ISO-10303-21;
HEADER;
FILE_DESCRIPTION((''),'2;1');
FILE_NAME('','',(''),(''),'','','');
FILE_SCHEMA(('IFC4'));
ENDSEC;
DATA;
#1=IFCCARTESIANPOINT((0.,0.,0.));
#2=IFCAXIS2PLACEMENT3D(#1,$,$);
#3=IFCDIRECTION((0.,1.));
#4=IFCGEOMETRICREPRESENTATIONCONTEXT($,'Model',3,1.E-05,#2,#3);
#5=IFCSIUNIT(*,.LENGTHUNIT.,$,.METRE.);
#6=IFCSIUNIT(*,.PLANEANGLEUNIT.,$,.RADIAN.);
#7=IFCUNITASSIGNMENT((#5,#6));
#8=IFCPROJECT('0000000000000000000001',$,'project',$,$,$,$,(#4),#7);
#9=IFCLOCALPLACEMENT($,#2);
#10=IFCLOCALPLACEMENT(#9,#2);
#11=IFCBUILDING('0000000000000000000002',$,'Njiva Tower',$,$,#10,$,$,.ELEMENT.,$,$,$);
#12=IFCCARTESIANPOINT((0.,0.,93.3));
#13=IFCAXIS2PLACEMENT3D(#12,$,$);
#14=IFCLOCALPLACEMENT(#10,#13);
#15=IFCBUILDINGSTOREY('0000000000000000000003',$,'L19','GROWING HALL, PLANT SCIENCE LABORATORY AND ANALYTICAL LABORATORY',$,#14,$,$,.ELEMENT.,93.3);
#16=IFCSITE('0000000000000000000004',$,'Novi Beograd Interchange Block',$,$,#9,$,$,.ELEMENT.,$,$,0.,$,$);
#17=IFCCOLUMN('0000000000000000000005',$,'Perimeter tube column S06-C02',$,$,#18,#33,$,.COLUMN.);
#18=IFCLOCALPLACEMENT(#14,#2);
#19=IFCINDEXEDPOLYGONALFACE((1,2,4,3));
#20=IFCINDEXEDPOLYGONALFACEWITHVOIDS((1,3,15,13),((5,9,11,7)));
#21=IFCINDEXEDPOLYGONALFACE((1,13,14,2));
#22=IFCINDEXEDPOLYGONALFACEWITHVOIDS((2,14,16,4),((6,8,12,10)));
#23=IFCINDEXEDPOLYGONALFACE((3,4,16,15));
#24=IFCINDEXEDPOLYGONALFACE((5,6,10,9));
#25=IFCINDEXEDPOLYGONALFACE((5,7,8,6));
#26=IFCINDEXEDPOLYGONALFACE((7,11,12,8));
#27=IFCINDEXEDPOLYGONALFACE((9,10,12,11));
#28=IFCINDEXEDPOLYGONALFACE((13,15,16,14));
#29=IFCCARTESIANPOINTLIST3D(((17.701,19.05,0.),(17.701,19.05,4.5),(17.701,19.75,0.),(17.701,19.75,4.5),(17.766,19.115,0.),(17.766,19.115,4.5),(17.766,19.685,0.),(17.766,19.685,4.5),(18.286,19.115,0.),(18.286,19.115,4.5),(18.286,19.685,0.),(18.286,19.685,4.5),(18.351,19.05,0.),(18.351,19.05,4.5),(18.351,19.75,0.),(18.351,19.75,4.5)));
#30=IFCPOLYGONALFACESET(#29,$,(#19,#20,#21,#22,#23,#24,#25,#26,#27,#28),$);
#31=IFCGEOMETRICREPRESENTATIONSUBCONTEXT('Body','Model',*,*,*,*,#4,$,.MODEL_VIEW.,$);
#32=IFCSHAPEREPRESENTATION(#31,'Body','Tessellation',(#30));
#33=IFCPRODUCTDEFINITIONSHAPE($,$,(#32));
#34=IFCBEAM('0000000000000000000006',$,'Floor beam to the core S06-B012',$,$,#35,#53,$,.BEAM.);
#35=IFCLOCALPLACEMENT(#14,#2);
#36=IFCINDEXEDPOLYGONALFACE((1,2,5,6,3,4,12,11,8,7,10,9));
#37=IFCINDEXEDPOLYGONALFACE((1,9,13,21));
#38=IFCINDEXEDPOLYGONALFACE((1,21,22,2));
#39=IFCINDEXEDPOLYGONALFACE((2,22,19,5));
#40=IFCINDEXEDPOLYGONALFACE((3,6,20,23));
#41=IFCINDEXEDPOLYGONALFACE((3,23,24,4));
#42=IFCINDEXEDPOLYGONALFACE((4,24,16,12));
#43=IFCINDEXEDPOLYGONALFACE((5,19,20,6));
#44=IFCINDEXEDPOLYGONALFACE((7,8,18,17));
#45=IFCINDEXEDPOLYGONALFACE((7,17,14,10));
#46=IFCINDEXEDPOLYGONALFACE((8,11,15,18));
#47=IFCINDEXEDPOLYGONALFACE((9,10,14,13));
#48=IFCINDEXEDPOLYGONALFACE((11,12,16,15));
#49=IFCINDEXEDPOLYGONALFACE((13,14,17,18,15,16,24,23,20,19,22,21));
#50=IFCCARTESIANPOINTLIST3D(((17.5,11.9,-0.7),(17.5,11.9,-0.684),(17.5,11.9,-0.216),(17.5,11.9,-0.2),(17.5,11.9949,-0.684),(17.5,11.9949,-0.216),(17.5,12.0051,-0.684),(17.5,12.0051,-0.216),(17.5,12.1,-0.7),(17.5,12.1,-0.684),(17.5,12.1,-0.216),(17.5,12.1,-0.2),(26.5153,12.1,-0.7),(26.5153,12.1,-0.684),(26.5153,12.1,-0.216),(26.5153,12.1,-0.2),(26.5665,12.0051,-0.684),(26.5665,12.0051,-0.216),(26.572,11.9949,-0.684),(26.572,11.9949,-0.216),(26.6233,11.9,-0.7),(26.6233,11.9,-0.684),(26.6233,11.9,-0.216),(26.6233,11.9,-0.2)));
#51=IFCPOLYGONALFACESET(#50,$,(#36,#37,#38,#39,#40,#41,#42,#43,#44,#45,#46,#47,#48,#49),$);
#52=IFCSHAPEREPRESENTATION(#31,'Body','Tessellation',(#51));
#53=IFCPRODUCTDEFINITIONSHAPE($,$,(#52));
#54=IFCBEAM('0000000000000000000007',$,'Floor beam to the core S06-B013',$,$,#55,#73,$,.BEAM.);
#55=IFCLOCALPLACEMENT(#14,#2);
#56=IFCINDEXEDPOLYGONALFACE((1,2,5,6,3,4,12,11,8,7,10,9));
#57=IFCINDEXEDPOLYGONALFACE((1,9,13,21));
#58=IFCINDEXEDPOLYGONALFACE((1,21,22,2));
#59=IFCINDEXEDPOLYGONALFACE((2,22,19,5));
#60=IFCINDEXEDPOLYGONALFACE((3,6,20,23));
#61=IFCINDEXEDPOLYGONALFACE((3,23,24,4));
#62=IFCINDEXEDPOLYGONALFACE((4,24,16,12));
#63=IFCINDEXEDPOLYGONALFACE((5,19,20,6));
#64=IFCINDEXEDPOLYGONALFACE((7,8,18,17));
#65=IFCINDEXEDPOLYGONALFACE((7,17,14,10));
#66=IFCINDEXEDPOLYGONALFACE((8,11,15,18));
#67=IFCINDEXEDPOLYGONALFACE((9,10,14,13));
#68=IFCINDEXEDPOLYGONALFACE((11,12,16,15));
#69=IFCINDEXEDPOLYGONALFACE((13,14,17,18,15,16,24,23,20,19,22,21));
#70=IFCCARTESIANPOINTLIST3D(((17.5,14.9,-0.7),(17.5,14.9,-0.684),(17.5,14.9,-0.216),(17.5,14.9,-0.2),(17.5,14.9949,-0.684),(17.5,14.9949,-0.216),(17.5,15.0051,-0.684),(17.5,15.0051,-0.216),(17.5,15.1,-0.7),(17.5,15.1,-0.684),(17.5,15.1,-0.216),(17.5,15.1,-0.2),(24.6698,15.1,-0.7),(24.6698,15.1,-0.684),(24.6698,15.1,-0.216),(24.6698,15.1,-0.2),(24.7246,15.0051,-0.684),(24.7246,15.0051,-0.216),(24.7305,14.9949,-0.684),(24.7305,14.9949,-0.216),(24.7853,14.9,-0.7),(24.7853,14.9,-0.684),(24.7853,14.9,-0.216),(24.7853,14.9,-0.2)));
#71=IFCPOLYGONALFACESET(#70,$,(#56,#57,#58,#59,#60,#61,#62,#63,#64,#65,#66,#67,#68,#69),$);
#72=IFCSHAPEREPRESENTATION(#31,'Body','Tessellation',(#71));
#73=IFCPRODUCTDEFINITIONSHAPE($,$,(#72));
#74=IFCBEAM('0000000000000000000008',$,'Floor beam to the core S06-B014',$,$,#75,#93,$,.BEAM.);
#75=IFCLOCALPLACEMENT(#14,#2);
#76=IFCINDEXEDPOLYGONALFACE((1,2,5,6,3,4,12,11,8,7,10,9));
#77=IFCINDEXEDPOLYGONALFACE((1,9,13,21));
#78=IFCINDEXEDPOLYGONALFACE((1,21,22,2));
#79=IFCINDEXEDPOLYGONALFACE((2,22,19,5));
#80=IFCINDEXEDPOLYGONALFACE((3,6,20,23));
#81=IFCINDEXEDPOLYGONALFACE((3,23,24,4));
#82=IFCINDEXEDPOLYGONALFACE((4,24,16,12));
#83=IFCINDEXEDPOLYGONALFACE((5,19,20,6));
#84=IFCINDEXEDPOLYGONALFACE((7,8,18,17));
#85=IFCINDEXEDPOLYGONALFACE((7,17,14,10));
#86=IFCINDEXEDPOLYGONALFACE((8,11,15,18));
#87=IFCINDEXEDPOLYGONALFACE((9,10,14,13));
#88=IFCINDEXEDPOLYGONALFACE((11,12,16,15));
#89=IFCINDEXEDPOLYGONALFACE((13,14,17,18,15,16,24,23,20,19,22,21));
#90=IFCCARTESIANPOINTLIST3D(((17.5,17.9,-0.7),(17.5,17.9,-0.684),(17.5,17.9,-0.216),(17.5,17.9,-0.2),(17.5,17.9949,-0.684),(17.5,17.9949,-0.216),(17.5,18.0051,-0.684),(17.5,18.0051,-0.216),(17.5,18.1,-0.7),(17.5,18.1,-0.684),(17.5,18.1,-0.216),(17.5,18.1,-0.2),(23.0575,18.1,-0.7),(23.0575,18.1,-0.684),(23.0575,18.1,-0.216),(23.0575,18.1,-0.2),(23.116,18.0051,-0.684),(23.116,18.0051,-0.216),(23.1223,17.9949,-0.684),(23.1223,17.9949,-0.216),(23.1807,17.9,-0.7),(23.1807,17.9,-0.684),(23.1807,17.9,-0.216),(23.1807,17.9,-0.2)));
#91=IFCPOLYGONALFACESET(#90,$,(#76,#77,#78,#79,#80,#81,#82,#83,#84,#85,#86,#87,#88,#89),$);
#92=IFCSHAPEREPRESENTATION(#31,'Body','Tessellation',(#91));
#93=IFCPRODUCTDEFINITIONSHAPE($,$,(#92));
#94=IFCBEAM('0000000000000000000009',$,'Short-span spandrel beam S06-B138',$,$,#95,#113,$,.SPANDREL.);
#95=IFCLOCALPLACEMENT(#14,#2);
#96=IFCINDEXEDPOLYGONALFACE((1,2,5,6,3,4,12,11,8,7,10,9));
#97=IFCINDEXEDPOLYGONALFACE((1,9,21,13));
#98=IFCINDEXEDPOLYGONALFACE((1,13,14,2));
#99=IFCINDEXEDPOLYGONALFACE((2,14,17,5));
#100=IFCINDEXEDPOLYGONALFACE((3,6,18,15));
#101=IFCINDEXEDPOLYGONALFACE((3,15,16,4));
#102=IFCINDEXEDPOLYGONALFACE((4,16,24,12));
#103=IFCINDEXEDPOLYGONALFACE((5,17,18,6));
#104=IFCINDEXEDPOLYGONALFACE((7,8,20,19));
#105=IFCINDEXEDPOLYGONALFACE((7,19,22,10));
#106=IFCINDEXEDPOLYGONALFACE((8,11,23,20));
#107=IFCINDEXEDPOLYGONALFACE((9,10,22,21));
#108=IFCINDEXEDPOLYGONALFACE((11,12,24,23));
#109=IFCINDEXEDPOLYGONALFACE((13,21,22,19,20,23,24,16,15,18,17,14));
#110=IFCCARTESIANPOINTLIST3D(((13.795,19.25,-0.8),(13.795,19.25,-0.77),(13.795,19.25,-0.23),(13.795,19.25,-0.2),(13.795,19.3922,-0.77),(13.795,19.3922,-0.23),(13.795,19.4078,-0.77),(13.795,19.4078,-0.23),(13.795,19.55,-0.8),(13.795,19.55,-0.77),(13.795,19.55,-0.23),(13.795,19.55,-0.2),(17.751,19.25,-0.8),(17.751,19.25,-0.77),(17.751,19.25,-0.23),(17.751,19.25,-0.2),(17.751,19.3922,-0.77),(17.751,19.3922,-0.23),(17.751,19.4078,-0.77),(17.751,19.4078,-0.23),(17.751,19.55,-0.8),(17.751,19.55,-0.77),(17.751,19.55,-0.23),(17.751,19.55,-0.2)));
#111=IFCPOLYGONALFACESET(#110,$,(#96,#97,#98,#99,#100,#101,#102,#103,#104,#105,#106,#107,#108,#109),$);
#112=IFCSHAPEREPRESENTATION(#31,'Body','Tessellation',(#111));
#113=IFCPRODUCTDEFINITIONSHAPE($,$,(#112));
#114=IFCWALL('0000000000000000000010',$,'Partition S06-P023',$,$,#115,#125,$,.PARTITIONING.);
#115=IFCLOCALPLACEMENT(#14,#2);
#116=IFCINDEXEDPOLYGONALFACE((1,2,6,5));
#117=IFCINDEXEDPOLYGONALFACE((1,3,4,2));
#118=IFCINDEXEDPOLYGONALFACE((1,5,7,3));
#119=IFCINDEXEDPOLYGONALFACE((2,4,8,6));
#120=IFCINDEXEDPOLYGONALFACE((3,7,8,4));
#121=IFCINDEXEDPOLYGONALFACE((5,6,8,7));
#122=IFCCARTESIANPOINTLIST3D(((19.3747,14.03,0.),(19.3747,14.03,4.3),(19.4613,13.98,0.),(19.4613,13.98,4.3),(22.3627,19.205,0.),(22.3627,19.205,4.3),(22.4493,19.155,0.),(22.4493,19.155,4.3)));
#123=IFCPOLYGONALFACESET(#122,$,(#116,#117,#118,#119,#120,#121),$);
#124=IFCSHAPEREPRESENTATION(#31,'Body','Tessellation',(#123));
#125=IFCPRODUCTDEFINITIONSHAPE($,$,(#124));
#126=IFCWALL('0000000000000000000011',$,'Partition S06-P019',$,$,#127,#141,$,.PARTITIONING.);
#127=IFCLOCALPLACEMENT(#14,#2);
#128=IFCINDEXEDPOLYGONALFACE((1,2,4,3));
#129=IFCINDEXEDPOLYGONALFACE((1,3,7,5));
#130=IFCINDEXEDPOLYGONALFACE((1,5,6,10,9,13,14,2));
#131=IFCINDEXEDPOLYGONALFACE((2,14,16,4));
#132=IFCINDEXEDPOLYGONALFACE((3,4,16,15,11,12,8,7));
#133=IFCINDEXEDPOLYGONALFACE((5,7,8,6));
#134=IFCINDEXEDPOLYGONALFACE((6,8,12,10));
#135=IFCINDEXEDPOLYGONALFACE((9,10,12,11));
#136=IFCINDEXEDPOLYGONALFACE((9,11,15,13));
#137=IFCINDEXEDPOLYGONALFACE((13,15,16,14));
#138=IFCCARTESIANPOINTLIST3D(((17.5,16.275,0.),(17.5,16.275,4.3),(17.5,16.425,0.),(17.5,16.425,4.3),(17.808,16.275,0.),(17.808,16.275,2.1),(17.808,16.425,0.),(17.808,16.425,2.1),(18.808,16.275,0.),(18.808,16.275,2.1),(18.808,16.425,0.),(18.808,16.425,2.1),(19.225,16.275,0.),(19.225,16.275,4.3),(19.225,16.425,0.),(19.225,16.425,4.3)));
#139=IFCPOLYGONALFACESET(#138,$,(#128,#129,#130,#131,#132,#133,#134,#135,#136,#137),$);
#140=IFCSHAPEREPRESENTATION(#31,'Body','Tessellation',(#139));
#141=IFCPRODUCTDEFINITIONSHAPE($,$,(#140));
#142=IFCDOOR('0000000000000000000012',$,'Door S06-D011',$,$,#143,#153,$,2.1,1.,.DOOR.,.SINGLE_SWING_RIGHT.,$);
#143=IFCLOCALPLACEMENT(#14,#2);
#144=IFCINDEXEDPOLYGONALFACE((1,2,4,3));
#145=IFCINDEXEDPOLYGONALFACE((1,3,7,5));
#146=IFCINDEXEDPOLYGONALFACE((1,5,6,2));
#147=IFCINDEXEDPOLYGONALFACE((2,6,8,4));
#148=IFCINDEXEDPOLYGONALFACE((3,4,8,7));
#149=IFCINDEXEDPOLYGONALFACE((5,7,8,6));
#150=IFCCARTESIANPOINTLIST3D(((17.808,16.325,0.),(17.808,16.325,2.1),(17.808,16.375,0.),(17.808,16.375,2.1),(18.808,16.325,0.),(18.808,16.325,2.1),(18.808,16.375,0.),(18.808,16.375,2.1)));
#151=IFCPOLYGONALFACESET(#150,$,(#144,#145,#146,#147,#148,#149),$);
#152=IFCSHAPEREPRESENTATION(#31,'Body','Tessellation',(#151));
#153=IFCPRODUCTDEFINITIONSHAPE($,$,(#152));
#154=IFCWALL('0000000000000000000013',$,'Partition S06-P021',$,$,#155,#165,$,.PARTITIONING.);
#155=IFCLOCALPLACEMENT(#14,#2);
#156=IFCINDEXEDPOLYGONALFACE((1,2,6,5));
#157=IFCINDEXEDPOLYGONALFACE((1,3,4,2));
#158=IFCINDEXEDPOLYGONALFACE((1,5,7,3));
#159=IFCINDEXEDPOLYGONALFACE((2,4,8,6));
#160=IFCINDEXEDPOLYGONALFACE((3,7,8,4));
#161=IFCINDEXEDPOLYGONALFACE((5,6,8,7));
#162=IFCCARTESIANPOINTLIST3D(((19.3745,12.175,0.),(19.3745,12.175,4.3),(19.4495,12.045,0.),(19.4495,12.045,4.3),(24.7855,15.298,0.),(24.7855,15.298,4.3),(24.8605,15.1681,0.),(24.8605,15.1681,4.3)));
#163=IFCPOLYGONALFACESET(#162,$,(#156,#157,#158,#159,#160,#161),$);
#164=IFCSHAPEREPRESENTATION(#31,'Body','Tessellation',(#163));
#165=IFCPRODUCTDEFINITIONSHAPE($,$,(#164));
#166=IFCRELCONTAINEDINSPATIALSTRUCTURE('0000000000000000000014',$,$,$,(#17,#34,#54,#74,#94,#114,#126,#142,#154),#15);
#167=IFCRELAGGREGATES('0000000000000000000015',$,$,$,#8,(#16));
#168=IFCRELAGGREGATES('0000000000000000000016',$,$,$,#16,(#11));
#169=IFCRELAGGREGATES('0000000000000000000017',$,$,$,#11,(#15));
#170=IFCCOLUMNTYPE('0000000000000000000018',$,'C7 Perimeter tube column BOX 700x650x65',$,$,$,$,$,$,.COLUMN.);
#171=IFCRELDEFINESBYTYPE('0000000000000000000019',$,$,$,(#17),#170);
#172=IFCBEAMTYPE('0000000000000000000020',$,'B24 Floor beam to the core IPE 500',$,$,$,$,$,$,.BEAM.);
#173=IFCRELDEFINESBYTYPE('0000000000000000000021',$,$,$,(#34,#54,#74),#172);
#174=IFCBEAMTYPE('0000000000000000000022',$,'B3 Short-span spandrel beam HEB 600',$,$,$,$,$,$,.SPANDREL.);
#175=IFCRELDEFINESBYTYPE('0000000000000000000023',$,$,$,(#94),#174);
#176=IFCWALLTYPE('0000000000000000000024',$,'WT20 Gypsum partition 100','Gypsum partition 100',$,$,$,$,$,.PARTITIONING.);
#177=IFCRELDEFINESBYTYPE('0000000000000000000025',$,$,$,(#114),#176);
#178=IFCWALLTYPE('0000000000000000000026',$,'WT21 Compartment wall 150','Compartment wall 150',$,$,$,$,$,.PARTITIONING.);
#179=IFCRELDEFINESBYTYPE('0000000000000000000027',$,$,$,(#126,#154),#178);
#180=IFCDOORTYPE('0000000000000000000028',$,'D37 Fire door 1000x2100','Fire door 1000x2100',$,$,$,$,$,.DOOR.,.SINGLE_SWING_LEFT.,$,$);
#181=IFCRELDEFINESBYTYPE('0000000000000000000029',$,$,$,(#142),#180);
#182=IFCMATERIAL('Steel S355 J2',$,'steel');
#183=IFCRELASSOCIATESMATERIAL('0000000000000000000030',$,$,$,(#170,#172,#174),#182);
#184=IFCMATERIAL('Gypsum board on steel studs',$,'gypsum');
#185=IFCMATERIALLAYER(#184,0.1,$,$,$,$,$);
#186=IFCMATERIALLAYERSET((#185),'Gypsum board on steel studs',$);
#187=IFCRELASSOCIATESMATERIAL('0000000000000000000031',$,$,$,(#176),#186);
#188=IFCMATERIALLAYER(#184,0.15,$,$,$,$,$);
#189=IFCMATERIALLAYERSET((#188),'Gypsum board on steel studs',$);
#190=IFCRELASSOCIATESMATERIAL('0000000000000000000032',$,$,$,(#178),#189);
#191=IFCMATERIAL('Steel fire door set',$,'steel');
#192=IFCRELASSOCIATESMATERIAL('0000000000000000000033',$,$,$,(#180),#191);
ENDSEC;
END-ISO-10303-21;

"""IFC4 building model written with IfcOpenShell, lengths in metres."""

from ifc_helpers import new_model, si_unit, direction, frame, frame_2d, origin, origin_2d, place, context, subcontext, project, spatial, rectangle, hollow_rectangle, i_section, extrude, clip, halfspace, material, layer, layer_set, material_profile, profile_set, type_object, element, fill, save


model = new_model("IFC4")

# Units and contexts
model_context = context("Model", 3, precision=1e-05, world=origin(), true_north=direction((0.0, 1.0)))
body_context = subcontext(model_context, "Body", "Model", "MODEL_VIEW")
ifc_project = project(units=[si_unit("LENGTHUNIT", "METRE"), si_unit("PLANEANGLEUNIT", "RADIAN")], contexts=[model_context])

# Site, building, storey
site_placement = place(None, origin())
site = spatial("IfcSite", under=ifc_project, at=site_placement, Name="Novi Beograd Interchange Block", CompositionType="ELEMENT", RefElevation=0.0)
building_placement = place(site_placement, origin())
building = spatial("IfcBuilding", under=site, at=building_placement, Name="Njiva Tower", CompositionType="ELEMENT")
storey_placement = place(building_placement, frame((0.0, 0.0, 93.3)))
storey = spatial("IfcBuildingStorey", under=building, at=storey_placement, Name="L19", Description="GROWING HALL, PLANT SCIENCE LABORATORY AND ANALYTICAL LABORATORY", CompositionType="ELEMENT", Elevation=93.3)

# Column
ifc_material_1 = material(Name="Steel S355 J2", Category="steel")
ifc_material_profile_1 = material_profile(ifc_material_1, hollow_rectangle(XDim=0.65, YDim=0.7, WallThickness=0.065, at=origin_2d()), Name="BOX 700x650x65")
ifc_profile_set_1 = profile_set([ifc_material_profile_1], Name="Steel S355 J2")
column_type = type_object("IfcColumnType", Name="C7 Perimeter tube column BOX 700x650x65", PredefinedType="COLUMN", material=ifc_profile_set_1)
column_placement = place(storey_placement, frame((18.026, 19.4, 0.0), z_axis=(0.0, 0.0, 1.0), x_axis=(-1.0, 0.0, 0.0)))
element("IfcColumn", 1, at=column_placement, inside=storey, type_object=column_type, Name="Perimeter tube column S06-C02", PredefinedType="COLUMN", context=body_context, shape_type="SweptSolid", body=[
    extrude(hollow_rectangle(XDim=0.65, YDim=0.7, WallThickness=0.065, at=origin_2d()), origin(), (0.0, 0.0, 1.0), 4.5),
])

# Beams
ifc_material_profile_2 = material_profile(ifc_material_1, i_section(OverallWidth=0.2, OverallDepth=0.5, WebThickness=0.0102, FlangeThickness=0.016, at=origin_2d()), Name="IPE 500")
ifc_profile_set_2 = profile_set([ifc_material_profile_2], Name="Steel S355 J2")
beam_type_1 = type_object("IfcBeamType", Name="B24 Floor beam to the core IPE 500", PredefinedType="BEAM", material=ifc_profile_set_2)
beam_1_placement = place(storey_placement, frame((17.5, 12.0, -0.45), z_axis=(1.0, 0.0, 0.0), x_axis=(0.0, 1.0, 0.0)))
element("IfcBeam", 2, at=beam_1_placement, inside=storey, type_object=beam_type_1, Name="Floor beam to the core S06-B012", PredefinedType="BEAM", context=body_context, shape_type="Clipping", body=[
    clip(extrude(i_section(OverallWidth=0.2, OverallDepth=0.5, WebThickness=0.0102, FlangeThickness=0.016, at=origin_2d()), origin(), (0.0, 0.0, 1.0), 9.143), halfspace(frame((0.0238, 0.0, 9.0564), z_axis=(0.47516, 0.0, 0.8799), x_axis=(0.0, 1.0, 0.0)), False)),
])
beam_2_placement = place(storey_placement, frame((17.5, 15.0, -0.45), z_axis=(1.0, 0.0, 0.0), x_axis=(0.0, 1.0, 0.0)))
element("IfcBeam", 3, at=beam_2_placement, inside=storey, type_object=beam_type_1, Name="Floor beam to the core S06-B013", PredefinedType="BEAM", context=body_context, shape_type="Clipping", body=[
    clip(extrude(i_section(OverallWidth=0.2, OverallDepth=0.5, WebThickness=0.0102, FlangeThickness=0.016, at=origin_2d()), origin(), (0.0, 0.0, 1.0), 7.306), halfspace(frame((0.025, 0.0, 7.2131), z_axis=(0.499998, 0.0, 0.866027), x_axis=(0.0, 1.0, 0.0)), False)),
])
beam_3_placement = place(storey_placement, frame((17.5, 18.0, -0.45), z_axis=(1.0, 0.0, 0.0), x_axis=(0.0, 1.0, 0.0)))
element("IfcBeam", 4, at=beam_3_placement, inside=storey, type_object=beam_type_1, Name="Floor beam to the core S06-B014", PredefinedType="BEAM", context=body_context, shape_type="Clipping", body=[
    clip(extrude(i_section(OverallWidth=0.2, OverallDepth=0.5, WebThickness=0.0102, FlangeThickness=0.016, at=origin_2d()), origin(), (0.0, 0.0, 1.0), 5.701), halfspace(frame((0.0262, 0.0, 5.603), z_axis=(0.524439, 0.0, 0.851448), x_axis=(0.0, 1.0, 0.0)), False)),
])
ifc_material_profile_3 = material_profile(ifc_material_1, i_section(OverallWidth=0.3, OverallDepth=0.6, WebThickness=0.0155, FlangeThickness=0.03, at=origin_2d()), Name="HEB 600")
ifc_profile_set_3 = profile_set([ifc_material_profile_3], Name="Steel S355 J2")
beam_type_2 = type_object("IfcBeamType", Name="B3 Short-span spandrel beam HEB 600", PredefinedType="SPANDREL", material=ifc_profile_set_3)
beam_4_placement = place(storey_placement, frame((17.751, 19.4, -0.5), z_axis=(-1.0, 0.0, 0.0), x_axis=(0.0, -1.0, 0.0)))
element("IfcBeam", 5, at=beam_4_placement, inside=storey, type_object=beam_type_2, Name="Short-span spandrel beam S06-B138", PredefinedType="SPANDREL", context=body_context, shape_type="SweptSolid", body=[
    extrude(i_section(OverallWidth=0.3, OverallDepth=0.6, WebThickness=0.0155, FlangeThickness=0.03, at=origin_2d()), origin(), (0.0, 0.0, 1.0), 3.956),
])

# Wall
ifc_material_2 = material(Name="Gypsum board on steel studs", Category="gypsum")
ifc_layer_1 = layer(ifc_material_2, 0.1)
ifc_layer_set_1 = layer_set([ifc_layer_1], Name="Gypsum board on steel studs")
wall_type_1 = type_object("IfcWallType", Name="WT20 Gypsum partition 100", Description="Gypsum partition 100", PredefinedType="PARTITIONING", material=ifc_layer_set_1)
wall_1_placement = place(storey_placement, frame((19.418, 14.005, 0.0), z_axis=(0.0, 0.0, 1.0), x_axis=(0.500027, 0.86601, 0.0)))
element("IfcWall", 6, at=wall_1_placement, inside=storey, type_object=wall_type_1, Name="Partition S06-P023", PredefinedType="PARTITIONING", context=body_context, shape_type="SweptSolid", body=[
    extrude(rectangle(XDim=5.9757, YDim=0.1, at=frame_2d((2.9878, 0.0))), origin(), (0.0, 0.0, 1.0), 4.3),
])

# Wall, opening, door
ifc_layer_2 = layer(ifc_material_2, 0.15)
ifc_layer_set_2 = layer_set([ifc_layer_2], Name="Gypsum board on steel studs")
wall_type_2 = type_object("IfcWallType", Name="WT21 Compartment wall 150", Description="Compartment wall 150", PredefinedType="PARTITIONING", material=ifc_layer_set_2)
wall_2_placement = place(storey_placement, frame((17.5, 16.35, 0.0), z_axis=(0.0, 0.0, 1.0), x_axis=(1.0, 0.0, 0.0)))
wall_2 = element("IfcWall", 7, at=wall_2_placement, inside=storey, type_object=wall_type_2, Name="Partition S06-P019", PredefinedType="PARTITIONING", context=body_context, shape_type="SweptSolid", body=[
    extrude(rectangle(XDim=1.725, YDim=0.15, at=frame_2d((0.8625, 0.0))), origin(), (0.0, 0.0, 1.0), 4.3),
])
opening_placement = place(wall_2_placement, frame((0.308, 0.0, 0.0)))
opening = element("IfcOpeningElement", 8, at=opening_placement, cuts=wall_2, PredefinedType="OPENING", context=body_context, shape_type="SweptSolid", body=[
    extrude(rectangle(XDim=1.0, YDim=2.1, at=frame_2d((0.5, 1.05))), frame((0.0, 0.085, 0.0), z_axis=(0.0, -1.0, 0.0), x_axis=(1.0, 0.0, 0.0)), (0.0, 0.0, 1.0), 0.17),
])
ifc_material_3 = material(Name="Steel fire door set", Category="steel")
door_type = type_object("IfcDoorType", Name="D37 Fire door 1000x2100", Description="Fire door 1000x2100", OperationType="SINGLE_SWING_LEFT", PredefinedType="DOOR", material=ifc_material_3)
door_placement = place(opening_placement, origin())
door = element("IfcDoor", 9, at=door_placement, inside=storey, type_object=door_type, Name="Door S06-D011", OperationType="SINGLE_SWING_RIGHT", OverallHeight=2.1, OverallWidth=1.0, PredefinedType="DOOR", context=body_context, shape_type="SweptSolid", body=[
    extrude(rectangle(XDim=1.0, YDim=2.1, at=frame_2d((0.5, 1.05))), frame((0.0, 0.025, 0.0), z_axis=(0.0, -1.0, 0.0), x_axis=(1.0, 0.0, 0.0)), (0.0, 0.0, 1.0), 0.05),
])
fill(opening, door)

# Wall
wall_3_placement = place(storey_placement, frame((19.412, 12.11, 0.0), z_axis=(0.0, 0.0, 1.0), x_axis=(0.866098, 0.499875, 0.0)))
element("IfcWall", 10, at=wall_3_placement, inside=storey, type_object=wall_type_2, Name="Partition S06-P021", PredefinedType="PARTITIONING", context=body_context, shape_type="SweptSolid", body=[
    extrude(rectangle(XDim=6.2476, YDim=0.15, at=frame_2d((3.1238, 0.0))), origin(), (0.0, 0.0, 1.0), 4.3),
])

save(model, "model.ifc")
